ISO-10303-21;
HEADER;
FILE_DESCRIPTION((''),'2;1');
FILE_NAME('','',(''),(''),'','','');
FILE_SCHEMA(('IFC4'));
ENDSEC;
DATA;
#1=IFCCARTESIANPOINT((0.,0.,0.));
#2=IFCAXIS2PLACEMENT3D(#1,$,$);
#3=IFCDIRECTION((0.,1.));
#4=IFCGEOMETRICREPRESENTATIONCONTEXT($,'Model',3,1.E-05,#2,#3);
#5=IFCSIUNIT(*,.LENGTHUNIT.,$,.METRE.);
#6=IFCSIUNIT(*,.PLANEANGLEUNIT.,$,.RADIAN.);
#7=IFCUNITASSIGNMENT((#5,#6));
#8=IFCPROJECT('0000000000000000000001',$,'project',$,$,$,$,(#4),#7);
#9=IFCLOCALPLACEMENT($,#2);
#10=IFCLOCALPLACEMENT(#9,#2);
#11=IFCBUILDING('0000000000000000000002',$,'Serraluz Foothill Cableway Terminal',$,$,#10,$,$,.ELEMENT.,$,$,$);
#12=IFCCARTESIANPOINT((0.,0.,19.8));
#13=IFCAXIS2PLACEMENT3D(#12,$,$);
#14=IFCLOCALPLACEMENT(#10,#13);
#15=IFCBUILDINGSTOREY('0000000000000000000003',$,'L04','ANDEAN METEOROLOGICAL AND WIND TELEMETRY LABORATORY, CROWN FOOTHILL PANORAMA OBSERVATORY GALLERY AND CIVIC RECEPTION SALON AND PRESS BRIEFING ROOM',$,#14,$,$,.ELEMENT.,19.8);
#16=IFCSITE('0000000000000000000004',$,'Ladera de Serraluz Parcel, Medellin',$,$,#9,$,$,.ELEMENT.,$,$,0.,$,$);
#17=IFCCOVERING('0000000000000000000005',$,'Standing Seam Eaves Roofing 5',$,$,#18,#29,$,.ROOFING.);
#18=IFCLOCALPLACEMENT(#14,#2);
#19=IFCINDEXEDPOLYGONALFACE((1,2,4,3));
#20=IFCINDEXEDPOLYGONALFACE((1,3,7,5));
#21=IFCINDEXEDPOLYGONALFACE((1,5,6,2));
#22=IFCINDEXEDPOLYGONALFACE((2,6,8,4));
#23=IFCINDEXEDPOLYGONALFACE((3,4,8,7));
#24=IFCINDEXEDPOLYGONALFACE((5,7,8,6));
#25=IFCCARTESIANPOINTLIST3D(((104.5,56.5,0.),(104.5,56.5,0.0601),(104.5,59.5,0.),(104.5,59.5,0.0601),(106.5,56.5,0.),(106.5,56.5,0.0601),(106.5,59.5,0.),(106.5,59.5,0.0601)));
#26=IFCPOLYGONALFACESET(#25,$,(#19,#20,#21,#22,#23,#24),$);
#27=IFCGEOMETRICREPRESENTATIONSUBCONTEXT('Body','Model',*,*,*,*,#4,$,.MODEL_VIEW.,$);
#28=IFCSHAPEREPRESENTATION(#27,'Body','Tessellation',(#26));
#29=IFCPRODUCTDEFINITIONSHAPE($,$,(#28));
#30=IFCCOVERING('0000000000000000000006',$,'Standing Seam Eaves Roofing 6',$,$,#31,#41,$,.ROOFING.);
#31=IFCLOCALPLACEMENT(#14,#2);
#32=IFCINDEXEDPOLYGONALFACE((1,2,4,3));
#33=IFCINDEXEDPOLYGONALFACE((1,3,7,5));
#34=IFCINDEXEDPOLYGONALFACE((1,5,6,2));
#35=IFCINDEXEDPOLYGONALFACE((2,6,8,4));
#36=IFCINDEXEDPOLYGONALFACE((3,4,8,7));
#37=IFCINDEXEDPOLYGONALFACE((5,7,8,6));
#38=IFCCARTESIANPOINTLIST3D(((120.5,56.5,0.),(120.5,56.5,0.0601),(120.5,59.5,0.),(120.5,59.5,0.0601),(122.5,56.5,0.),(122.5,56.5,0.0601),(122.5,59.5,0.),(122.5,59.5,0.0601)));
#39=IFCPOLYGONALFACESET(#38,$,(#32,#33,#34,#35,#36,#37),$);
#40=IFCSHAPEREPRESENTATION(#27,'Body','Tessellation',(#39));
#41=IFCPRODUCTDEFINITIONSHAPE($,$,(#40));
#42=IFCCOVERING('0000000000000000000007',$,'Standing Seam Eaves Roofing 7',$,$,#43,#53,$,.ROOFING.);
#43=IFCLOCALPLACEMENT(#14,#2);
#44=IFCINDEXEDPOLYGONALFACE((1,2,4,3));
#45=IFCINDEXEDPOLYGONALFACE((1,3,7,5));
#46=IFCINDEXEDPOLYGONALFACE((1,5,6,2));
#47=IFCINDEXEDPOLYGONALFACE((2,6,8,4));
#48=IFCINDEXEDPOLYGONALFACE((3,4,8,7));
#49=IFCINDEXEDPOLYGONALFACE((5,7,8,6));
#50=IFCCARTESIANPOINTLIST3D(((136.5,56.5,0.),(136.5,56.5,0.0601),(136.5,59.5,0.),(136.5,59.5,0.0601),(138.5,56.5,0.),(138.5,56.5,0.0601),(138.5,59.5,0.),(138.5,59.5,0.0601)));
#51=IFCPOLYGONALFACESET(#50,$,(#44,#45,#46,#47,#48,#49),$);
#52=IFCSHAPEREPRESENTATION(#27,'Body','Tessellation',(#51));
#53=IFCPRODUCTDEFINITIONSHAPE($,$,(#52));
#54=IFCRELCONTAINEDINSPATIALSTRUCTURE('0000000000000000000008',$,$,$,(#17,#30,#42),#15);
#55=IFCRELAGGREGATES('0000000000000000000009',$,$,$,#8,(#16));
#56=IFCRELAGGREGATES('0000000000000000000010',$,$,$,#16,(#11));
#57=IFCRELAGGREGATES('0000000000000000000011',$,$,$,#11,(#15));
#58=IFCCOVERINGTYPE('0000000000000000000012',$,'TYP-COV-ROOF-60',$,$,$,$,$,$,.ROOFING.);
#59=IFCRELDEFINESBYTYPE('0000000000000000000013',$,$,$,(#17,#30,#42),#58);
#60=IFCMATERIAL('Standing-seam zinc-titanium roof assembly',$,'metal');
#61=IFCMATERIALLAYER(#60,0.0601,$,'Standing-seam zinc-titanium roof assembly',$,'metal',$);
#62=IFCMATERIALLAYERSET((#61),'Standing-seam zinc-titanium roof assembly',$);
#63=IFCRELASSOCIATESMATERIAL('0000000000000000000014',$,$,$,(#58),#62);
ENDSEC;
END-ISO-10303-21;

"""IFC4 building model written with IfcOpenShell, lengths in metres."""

from ifc_helpers import new_model, si_unit, direction, frame, origin, place, context, subcontext, project, spatial, polyline, outline, extrude, material, layer, layer_set, type_object, element, save


model = new_model("IFC4")

# Units and contexts
model_context = context("Model", 3, precision=1e-05, world=origin(), true_north=direction((0.0, 1.0)))
body_context = subcontext(model_context, "Body", "Model", "MODEL_VIEW")
ifc_project = project(units=[si_unit("LENGTHUNIT", "METRE"), si_unit("PLANEANGLEUNIT", "RADIAN")], contexts=[model_context])

# Site, building, storey
site_placement = place(None, origin())
site = spatial("IfcSite", under=ifc_project, at=site_placement, Name="Ladera de Serraluz Parcel, Medellin", CompositionType="ELEMENT", RefElevation=0.0)
building_placement = place(site_placement, origin())
building = spatial("IfcBuilding", under=site, at=building_placement, Name="Serraluz Foothill Cableway Terminal", CompositionType="ELEMENT")
storey_placement = place(building_placement, frame((0.0, 0.0, 19.8)))
storey = spatial("IfcBuildingStorey", under=building, at=storey_placement, Name="L04", Description="ANDEAN METEOROLOGICAL AND WIND TELEMETRY LABORATORY, CROWN FOOTHILL PANORAMA OBSERVATORY GALLERY AND CIVIC RECEPTION SALON AND PRESS BRIEFING ROOM", CompositionType="ELEMENT", Elevation=19.8)

# Coverings
ifc_material_1 = material(Name="Standing-seam zinc-titanium roof assembly", Category="metal")
ifc_layer_1 = layer(ifc_material_1, 0.0601, Name="Standing-seam zinc-titanium roof assembly", Category="metal")
ifc_layer_set_1 = layer_set([ifc_layer_1], Name="Standing-seam zinc-titanium roof assembly")
covering_type_1 = type_object("IfcCoveringType", Name="TYP-COV-ROOF-60", PredefinedType="ROOFING", material=ifc_layer_set_1)
covering_1_placement = place(storey_placement, origin())
element("IfcCovering", 1, at=covering_1_placement, inside=storey, type_object=covering_type_1, Name="Standing Seam Eaves Roofing 5", PredefinedType="ROOFING", context=body_context, shape_type="SweptSolid", body=[
    extrude(outline(polyline([(104.5, 56.5), (106.5, 56.5), (106.5, 59.5), (104.5, 59.5), (104.5, 56.5)])), origin(), (0.0, 0.0, 1.0), 0.0601),
])
covering_2_placement = place(storey_placement, origin())
element("IfcCovering", 2, at=covering_2_placement, inside=storey, type_object=covering_type_1, Name="Standing Seam Eaves Roofing 6", PredefinedType="ROOFING", context=body_context, shape_type="SweptSolid", body=[
    extrude(outline(polyline([(120.5, 56.5), (122.5, 56.5), (122.5, 59.5), (120.5, 59.5), (120.5, 56.5)])), origin(), (0.0, 0.0, 1.0), 0.0601),
])
covering_3_placement = place(storey_placement, origin())
element("IfcCovering", 3, at=covering_3_placement, inside=storey, type_object=covering_type_1, Name="Standing Seam Eaves Roofing 7", PredefinedType="ROOFING", context=body_context, shape_type="SweptSolid", body=[
    extrude(outline(polyline([(136.5, 56.5), (138.5, 56.5), (138.5, 59.5), (136.5, 59.5), (136.5, 56.5)])), origin(), (0.0, 0.0, 1.0), 0.0601),
])

save(model, "model.ifc")
